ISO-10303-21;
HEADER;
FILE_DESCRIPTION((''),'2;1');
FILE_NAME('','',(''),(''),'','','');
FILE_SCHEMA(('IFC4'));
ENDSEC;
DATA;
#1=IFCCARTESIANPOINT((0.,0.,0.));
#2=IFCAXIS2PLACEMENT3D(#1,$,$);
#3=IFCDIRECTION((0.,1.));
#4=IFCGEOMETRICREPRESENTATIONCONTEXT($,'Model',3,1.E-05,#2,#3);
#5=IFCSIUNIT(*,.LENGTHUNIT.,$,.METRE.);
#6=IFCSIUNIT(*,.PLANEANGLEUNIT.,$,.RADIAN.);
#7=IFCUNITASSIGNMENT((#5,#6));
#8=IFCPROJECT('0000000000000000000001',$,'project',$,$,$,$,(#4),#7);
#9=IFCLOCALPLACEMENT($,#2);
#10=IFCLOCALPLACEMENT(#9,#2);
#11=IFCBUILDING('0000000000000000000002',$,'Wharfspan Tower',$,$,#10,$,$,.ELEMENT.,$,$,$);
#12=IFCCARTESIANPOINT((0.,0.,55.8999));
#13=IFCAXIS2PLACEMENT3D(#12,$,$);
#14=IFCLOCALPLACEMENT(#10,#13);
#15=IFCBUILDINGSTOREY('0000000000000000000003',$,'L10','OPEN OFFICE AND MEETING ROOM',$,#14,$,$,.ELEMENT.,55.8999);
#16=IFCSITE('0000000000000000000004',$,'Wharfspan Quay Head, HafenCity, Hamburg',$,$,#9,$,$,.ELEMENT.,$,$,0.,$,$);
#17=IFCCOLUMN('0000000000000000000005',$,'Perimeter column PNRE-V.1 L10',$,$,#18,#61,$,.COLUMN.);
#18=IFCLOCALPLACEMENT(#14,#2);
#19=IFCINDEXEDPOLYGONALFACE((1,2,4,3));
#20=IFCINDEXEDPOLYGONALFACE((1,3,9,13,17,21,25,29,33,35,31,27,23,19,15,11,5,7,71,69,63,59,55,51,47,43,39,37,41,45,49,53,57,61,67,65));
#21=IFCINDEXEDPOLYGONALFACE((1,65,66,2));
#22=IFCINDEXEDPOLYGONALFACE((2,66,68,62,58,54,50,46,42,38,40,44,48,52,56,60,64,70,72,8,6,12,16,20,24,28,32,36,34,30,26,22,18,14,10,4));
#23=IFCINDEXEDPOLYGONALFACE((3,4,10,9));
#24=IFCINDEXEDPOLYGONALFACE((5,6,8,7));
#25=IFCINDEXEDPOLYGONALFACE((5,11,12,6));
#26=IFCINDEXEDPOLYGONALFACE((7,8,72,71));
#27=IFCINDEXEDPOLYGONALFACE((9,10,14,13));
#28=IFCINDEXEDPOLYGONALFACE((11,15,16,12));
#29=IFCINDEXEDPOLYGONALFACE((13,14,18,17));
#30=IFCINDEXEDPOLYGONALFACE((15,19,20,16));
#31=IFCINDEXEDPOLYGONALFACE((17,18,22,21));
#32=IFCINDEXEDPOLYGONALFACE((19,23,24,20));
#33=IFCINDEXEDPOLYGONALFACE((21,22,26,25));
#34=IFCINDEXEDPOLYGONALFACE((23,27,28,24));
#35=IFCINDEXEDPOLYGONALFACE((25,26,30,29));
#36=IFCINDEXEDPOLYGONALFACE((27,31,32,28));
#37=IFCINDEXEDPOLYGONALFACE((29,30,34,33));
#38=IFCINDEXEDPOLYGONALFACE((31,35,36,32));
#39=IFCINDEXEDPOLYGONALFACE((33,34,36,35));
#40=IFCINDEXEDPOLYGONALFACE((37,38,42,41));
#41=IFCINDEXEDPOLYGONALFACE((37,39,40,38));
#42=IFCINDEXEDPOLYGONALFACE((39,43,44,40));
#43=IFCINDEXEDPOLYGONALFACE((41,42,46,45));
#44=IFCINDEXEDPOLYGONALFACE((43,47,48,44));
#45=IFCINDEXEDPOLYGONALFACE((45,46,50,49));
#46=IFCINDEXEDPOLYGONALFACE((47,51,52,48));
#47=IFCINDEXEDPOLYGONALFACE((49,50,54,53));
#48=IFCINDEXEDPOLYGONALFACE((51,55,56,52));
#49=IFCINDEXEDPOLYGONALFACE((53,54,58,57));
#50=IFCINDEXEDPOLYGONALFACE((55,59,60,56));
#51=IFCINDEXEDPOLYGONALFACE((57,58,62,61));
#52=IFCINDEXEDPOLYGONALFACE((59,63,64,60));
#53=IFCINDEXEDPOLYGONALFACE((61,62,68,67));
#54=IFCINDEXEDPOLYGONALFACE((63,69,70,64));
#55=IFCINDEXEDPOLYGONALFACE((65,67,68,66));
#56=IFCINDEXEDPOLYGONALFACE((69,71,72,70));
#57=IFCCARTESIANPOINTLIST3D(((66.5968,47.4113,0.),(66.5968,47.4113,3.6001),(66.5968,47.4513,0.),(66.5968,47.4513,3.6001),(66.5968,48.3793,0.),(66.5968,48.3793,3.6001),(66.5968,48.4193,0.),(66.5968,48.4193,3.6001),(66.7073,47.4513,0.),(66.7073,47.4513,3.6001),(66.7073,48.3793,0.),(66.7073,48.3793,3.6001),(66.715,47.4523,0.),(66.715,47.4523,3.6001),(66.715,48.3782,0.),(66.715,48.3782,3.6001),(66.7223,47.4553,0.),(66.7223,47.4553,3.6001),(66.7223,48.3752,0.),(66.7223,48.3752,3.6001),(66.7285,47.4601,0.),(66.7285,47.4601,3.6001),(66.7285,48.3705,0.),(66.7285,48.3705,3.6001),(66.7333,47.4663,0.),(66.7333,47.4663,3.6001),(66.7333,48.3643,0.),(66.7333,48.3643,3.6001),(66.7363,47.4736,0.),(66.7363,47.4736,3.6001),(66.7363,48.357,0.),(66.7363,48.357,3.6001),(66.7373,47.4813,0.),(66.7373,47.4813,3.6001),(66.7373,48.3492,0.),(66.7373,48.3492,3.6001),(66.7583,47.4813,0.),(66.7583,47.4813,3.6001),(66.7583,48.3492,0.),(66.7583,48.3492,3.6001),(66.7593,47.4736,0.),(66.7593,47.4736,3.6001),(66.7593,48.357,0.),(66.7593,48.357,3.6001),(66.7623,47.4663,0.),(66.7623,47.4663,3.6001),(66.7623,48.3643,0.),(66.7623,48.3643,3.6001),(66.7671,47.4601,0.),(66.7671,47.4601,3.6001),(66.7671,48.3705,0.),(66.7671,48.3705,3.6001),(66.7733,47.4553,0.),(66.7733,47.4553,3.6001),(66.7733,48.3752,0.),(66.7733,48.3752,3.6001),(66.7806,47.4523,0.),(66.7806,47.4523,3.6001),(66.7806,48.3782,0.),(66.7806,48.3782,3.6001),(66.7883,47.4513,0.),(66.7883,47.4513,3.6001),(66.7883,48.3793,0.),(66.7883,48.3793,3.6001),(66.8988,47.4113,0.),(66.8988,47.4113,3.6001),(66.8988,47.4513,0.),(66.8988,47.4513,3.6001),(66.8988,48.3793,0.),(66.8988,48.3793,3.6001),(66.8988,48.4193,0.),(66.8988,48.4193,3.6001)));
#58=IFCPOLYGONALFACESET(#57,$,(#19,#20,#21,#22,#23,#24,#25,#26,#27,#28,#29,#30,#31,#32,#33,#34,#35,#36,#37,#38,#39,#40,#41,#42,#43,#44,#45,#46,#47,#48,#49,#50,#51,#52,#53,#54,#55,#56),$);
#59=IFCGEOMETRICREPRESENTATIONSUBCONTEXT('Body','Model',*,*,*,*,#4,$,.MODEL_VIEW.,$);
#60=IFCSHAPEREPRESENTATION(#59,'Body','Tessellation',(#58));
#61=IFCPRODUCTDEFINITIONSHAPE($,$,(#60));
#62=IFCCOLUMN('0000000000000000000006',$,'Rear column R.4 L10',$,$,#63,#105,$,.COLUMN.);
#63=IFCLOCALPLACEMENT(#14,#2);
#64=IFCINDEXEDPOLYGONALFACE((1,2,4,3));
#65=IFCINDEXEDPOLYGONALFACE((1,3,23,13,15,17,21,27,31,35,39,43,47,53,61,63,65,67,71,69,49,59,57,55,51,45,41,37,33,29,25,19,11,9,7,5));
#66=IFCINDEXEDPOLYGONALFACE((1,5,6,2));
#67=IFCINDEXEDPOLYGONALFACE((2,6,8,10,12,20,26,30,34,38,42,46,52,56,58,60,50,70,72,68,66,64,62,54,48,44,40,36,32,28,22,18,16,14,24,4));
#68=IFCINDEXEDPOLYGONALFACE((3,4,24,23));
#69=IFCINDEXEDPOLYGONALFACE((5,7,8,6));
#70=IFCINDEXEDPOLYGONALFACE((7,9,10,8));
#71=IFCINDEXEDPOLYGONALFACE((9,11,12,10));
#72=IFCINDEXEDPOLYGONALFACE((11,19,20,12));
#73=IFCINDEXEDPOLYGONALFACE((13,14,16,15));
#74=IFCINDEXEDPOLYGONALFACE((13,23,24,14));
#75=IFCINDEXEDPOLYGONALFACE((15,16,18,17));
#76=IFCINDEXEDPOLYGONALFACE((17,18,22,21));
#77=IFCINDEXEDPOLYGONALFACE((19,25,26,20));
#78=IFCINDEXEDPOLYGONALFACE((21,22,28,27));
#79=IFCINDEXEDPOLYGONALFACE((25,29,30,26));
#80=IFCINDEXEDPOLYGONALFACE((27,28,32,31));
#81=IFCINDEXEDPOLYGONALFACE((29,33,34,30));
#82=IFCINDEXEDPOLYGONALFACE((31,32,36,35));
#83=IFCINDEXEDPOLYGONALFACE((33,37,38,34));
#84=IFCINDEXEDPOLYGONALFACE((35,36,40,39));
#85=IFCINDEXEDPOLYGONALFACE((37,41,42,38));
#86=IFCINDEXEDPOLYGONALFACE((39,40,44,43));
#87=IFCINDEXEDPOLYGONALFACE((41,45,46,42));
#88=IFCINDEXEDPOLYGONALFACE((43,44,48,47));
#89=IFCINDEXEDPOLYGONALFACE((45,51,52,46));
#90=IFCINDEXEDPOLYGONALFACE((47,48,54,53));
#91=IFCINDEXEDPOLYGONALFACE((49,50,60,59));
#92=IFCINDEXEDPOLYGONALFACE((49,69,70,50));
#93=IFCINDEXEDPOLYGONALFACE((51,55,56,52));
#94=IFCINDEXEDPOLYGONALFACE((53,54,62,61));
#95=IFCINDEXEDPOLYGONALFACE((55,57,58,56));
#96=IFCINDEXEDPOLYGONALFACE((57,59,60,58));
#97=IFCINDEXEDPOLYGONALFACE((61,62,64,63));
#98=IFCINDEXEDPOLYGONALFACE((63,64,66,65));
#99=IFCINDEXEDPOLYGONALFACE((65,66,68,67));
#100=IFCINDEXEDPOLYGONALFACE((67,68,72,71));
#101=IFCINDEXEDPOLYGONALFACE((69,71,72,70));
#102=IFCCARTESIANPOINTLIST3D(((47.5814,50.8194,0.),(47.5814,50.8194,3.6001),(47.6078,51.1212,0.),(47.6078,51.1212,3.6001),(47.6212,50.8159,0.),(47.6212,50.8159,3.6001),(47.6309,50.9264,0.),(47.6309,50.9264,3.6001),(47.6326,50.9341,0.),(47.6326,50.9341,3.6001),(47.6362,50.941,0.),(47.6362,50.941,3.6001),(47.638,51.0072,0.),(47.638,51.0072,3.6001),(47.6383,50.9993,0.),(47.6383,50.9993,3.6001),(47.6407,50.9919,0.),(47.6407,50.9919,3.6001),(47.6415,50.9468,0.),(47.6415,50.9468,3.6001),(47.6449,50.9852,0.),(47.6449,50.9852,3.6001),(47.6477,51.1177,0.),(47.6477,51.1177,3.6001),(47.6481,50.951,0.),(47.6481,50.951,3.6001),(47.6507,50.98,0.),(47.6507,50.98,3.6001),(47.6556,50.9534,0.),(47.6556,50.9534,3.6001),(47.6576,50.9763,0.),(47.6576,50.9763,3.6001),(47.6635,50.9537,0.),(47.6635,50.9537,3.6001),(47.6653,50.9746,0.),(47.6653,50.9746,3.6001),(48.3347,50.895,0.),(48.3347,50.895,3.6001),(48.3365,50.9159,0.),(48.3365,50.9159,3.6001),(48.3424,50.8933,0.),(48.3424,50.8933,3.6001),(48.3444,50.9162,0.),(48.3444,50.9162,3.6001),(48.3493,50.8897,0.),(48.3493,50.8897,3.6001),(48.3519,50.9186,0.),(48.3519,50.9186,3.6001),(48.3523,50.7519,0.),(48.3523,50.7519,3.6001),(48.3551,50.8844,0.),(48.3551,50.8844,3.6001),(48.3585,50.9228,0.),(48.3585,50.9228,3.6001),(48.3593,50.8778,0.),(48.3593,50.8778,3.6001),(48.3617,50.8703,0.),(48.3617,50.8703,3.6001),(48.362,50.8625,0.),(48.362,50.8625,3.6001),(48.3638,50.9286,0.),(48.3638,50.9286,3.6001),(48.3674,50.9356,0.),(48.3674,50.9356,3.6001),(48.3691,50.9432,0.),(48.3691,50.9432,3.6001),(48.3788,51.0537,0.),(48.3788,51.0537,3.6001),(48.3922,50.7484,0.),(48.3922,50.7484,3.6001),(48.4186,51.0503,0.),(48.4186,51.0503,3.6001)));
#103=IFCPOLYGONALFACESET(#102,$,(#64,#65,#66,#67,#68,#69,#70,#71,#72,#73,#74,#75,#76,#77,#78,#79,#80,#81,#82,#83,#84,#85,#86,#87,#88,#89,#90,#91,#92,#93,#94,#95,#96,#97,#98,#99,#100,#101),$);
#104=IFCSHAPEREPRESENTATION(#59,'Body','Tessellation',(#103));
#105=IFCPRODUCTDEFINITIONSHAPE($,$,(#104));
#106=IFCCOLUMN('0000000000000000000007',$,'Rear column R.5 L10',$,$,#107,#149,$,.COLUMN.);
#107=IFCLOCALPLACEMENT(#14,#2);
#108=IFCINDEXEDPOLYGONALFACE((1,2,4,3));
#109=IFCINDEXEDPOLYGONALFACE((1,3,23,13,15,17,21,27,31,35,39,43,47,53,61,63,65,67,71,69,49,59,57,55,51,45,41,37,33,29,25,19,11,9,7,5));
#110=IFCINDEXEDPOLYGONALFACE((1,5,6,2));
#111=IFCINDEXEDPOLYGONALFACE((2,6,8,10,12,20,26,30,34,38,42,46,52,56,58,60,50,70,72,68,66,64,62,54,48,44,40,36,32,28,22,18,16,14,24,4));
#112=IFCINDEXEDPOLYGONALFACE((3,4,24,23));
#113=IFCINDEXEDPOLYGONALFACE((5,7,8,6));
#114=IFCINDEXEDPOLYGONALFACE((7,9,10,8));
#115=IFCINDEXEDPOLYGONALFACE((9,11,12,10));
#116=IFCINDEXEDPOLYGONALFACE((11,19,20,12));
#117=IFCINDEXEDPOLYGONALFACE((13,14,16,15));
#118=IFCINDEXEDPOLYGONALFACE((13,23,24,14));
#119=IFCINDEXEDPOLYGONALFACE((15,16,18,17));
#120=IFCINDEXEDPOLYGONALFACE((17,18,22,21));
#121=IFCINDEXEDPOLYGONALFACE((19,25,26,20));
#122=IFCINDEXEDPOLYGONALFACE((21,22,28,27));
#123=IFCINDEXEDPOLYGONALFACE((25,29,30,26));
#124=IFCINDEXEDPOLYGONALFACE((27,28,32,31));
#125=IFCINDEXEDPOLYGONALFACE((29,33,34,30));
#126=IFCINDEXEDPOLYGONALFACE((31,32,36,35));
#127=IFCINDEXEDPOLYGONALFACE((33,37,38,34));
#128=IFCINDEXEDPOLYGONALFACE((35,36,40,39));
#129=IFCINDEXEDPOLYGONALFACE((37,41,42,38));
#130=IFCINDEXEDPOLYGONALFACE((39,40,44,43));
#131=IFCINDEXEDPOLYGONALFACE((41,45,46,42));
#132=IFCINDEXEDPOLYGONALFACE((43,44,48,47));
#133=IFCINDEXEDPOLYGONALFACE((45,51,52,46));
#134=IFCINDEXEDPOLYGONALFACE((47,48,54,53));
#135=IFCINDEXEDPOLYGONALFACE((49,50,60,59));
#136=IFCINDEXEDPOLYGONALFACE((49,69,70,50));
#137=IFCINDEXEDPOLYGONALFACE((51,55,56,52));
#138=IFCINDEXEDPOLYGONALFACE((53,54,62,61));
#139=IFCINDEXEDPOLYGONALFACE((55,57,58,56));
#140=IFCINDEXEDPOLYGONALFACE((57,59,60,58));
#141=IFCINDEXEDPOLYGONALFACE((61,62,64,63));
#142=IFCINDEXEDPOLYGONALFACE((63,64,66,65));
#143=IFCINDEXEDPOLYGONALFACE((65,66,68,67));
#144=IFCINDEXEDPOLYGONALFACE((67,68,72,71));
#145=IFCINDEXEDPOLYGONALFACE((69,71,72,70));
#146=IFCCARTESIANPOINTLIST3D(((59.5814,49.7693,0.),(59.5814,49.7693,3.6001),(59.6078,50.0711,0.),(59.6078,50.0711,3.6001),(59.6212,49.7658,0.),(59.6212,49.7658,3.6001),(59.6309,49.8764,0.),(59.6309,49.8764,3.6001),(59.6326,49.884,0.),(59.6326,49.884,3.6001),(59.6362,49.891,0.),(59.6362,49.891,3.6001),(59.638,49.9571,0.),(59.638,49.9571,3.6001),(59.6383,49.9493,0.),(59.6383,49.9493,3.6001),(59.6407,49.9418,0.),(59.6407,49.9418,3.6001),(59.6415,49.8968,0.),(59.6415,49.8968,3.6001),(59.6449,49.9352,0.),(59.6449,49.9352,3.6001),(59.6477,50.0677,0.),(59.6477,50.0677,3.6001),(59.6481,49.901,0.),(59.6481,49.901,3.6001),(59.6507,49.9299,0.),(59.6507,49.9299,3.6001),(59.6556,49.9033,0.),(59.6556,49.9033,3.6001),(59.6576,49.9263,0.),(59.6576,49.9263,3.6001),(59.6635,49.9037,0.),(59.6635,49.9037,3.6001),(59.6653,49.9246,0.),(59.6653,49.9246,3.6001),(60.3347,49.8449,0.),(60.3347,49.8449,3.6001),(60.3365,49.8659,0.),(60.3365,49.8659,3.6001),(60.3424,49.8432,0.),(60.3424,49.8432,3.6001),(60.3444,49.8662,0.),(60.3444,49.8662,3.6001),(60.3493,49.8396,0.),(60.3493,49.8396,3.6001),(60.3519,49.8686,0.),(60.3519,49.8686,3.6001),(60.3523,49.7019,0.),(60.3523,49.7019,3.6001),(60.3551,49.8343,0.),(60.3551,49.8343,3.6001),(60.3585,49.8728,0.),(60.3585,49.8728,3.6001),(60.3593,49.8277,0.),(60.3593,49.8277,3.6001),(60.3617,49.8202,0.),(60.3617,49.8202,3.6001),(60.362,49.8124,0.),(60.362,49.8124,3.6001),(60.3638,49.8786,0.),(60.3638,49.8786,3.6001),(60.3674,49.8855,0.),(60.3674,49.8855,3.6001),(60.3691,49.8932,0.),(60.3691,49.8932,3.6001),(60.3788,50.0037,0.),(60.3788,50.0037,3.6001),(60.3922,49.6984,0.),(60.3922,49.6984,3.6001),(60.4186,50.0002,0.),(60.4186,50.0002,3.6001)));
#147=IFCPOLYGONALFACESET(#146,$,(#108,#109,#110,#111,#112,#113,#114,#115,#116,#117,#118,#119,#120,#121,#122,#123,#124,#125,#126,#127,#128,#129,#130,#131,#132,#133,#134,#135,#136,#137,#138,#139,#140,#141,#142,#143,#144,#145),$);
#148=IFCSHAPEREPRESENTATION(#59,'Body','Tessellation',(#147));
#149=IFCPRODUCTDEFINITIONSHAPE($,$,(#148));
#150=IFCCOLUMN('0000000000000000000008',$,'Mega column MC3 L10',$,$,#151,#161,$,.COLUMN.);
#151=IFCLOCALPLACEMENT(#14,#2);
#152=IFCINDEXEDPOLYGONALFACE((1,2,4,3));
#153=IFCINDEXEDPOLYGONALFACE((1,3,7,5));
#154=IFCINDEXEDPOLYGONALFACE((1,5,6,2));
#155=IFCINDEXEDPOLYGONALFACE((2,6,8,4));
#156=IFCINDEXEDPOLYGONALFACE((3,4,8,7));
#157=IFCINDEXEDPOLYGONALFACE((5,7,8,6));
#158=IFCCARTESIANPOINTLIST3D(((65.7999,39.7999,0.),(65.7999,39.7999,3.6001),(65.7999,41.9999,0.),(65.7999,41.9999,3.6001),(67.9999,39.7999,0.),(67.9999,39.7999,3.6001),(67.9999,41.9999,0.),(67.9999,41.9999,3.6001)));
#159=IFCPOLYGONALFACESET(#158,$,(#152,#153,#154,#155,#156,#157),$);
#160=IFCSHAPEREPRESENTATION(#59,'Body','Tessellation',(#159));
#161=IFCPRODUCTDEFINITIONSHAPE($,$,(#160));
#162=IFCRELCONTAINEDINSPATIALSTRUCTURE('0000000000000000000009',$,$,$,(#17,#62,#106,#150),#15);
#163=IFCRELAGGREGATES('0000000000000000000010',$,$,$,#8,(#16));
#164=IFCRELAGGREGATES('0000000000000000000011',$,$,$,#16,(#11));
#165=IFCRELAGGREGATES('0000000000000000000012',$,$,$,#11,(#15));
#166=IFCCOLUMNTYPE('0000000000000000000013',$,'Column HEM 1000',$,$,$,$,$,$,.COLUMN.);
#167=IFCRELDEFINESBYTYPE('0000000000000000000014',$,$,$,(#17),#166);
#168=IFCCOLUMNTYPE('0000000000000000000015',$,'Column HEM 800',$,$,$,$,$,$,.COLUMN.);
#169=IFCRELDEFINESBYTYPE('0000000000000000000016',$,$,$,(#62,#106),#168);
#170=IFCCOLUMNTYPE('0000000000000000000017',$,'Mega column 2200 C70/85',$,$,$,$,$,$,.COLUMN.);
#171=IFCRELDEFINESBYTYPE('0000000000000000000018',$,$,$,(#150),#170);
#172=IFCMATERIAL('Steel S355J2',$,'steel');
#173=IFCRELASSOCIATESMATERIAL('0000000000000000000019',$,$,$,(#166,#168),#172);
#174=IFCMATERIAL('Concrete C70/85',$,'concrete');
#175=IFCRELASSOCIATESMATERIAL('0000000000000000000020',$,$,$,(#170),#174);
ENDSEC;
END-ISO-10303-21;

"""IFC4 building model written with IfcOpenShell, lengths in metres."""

from ifc_helpers import new_model, si_unit, direction, frame, origin, origin_2d, place, context, subcontext, project, spatial, rectangle, i_section, extrude, material, material_profile, profile_set, type_object, element, save


model = new_model("IFC4")

# Units and contexts
model_context = context("Model", 3, precision=1e-05, world=origin(), true_north=direction((0.0, 1.0)))
body_context = subcontext(model_context, "Body", "Model", "MODEL_VIEW")
ifc_project = project(units=[si_unit("LENGTHUNIT", "METRE"), si_unit("PLANEANGLEUNIT", "RADIAN")], contexts=[model_context])

# Site, building, storey
site_placement = place(None, origin())
site = spatial("IfcSite", under=ifc_project, at=site_placement, Name="Wharfspan Quay Head, HafenCity, Hamburg", CompositionType="ELEMENT", RefElevation=0.0)
building_placement = place(site_placement, origin())
building = spatial("IfcBuilding", under=site, at=building_placement, Name="Wharfspan Tower", CompositionType="ELEMENT")
storey_placement = place(building_placement, frame((0.0, 0.0, 55.8999)))
storey = spatial("IfcBuildingStorey", under=building, at=storey_placement, Name="L10", Description="OPEN OFFICE AND MEETING ROOM", CompositionType="ELEMENT", Elevation=55.8999)

# Columns
ifc_material_1 = material(Name="Steel S355J2", Category="steel")
ifc_material_profile_1 = material_profile(ifc_material_1, i_section(OverallWidth=0.302, OverallDepth=1.0081, WebThickness=0.021, FlangeThickness=0.04, FilletRadius=0.03, at=origin_2d()))
ifc_profile_set_1 = profile_set([ifc_material_profile_1], Name="Steel S355J2")
column_type_1 = type_object("IfcColumnType", Name="Column HEM 1000", PredefinedType="COLUMN", material=ifc_profile_set_1)
column_1_placement = place(storey_placement, frame((66.7478, 47.9153, 0.0), z_axis=(0.0, 0.0, 1.0), x_axis=(1.0, 0.0, 0.0)))
element("IfcColumn", 1, at=column_1_placement, inside=storey, type_object=column_type_1, Name="Perimeter column PNRE-V.1 L10", PredefinedType="COLUMN", context=body_context, shape_type="SweptSolid", body=[
    extrude(i_section(OverallWidth=0.302, OverallDepth=1.0081, WebThickness=0.021, FlangeThickness=0.04, FilletRadius=0.03, at=origin_2d()), origin(), (0.0, 0.0, 1.0), 3.6001),
])
ifc_material_profile_2 = material_profile(ifc_material_1, i_section(OverallWidth=0.303, OverallDepth=0.814, WebThickness=0.021, FlangeThickness=0.04, FilletRadius=0.03, at=origin_2d()))
ifc_profile_set_2 = profile_set([ifc_material_profile_2], Name="Steel S355J2")
column_type_2 = type_object("IfcColumnType", Name="Column HEM 800", PredefinedType="COLUMN", material=ifc_profile_set_2)
for number, where, z_axis, x_axis, name in (
    (2, (48.0, 50.9348, 0.0), (0.0, 0.0, 1.0), (0.087156, 0.996197, 0.0), "Rear column R.4 L10"),
    (3, (60.0, 49.8848, 0.0), (0.0, 0.0, 1.0), (0.087156, 0.996197, 0.0), "Rear column R.5 L10"),
):
    element("IfcColumn", number, at=place(storey_placement, frame(where, z_axis=z_axis, x_axis=x_axis)), inside=storey, type_object=column_type_2, Name=name, PredefinedType="COLUMN", context=body_context, shape_type="SweptSolid", body=[
        extrude(i_section(OverallWidth=0.303, OverallDepth=0.814, WebThickness=0.021, FlangeThickness=0.04, FilletRadius=0.03, at=origin_2d()), origin(), (0.0, 0.0, 1.0), 3.6001),
    ])
ifc_material_2 = material(Name="Concrete C70/85", Category="concrete")
ifc_material_profile_3 = material_profile(ifc_material_2, rectangle(XDim=2.2, YDim=2.2, at=origin_2d()))
ifc_profile_set_3 = profile_set([ifc_material_profile_3], Name="Concrete C70/85")
column_type_3 = type_object("IfcColumnType", Name="Mega column 2200 C70/85", PredefinedType="COLUMN", material=ifc_profile_set_3)
column_2_placement = place(storey_placement, frame((66.8999, 40.8999, 0.0), z_axis=(0.0, 0.0, 1.0), x_axis=(1.0, 0.0, 0.0)))
element("IfcColumn", 4, at=column_2_placement, inside=storey, type_object=column_type_3, Name="Mega column MC3 L10", PredefinedType="COLUMN", context=body_context, shape_type="SweptSolid", body=[
    extrude(rectangle(XDim=2.2, YDim=2.2, at=origin_2d()), origin(), (0.0, 0.0, 1.0), 3.6001),
])

save(model, "model.ifc")
